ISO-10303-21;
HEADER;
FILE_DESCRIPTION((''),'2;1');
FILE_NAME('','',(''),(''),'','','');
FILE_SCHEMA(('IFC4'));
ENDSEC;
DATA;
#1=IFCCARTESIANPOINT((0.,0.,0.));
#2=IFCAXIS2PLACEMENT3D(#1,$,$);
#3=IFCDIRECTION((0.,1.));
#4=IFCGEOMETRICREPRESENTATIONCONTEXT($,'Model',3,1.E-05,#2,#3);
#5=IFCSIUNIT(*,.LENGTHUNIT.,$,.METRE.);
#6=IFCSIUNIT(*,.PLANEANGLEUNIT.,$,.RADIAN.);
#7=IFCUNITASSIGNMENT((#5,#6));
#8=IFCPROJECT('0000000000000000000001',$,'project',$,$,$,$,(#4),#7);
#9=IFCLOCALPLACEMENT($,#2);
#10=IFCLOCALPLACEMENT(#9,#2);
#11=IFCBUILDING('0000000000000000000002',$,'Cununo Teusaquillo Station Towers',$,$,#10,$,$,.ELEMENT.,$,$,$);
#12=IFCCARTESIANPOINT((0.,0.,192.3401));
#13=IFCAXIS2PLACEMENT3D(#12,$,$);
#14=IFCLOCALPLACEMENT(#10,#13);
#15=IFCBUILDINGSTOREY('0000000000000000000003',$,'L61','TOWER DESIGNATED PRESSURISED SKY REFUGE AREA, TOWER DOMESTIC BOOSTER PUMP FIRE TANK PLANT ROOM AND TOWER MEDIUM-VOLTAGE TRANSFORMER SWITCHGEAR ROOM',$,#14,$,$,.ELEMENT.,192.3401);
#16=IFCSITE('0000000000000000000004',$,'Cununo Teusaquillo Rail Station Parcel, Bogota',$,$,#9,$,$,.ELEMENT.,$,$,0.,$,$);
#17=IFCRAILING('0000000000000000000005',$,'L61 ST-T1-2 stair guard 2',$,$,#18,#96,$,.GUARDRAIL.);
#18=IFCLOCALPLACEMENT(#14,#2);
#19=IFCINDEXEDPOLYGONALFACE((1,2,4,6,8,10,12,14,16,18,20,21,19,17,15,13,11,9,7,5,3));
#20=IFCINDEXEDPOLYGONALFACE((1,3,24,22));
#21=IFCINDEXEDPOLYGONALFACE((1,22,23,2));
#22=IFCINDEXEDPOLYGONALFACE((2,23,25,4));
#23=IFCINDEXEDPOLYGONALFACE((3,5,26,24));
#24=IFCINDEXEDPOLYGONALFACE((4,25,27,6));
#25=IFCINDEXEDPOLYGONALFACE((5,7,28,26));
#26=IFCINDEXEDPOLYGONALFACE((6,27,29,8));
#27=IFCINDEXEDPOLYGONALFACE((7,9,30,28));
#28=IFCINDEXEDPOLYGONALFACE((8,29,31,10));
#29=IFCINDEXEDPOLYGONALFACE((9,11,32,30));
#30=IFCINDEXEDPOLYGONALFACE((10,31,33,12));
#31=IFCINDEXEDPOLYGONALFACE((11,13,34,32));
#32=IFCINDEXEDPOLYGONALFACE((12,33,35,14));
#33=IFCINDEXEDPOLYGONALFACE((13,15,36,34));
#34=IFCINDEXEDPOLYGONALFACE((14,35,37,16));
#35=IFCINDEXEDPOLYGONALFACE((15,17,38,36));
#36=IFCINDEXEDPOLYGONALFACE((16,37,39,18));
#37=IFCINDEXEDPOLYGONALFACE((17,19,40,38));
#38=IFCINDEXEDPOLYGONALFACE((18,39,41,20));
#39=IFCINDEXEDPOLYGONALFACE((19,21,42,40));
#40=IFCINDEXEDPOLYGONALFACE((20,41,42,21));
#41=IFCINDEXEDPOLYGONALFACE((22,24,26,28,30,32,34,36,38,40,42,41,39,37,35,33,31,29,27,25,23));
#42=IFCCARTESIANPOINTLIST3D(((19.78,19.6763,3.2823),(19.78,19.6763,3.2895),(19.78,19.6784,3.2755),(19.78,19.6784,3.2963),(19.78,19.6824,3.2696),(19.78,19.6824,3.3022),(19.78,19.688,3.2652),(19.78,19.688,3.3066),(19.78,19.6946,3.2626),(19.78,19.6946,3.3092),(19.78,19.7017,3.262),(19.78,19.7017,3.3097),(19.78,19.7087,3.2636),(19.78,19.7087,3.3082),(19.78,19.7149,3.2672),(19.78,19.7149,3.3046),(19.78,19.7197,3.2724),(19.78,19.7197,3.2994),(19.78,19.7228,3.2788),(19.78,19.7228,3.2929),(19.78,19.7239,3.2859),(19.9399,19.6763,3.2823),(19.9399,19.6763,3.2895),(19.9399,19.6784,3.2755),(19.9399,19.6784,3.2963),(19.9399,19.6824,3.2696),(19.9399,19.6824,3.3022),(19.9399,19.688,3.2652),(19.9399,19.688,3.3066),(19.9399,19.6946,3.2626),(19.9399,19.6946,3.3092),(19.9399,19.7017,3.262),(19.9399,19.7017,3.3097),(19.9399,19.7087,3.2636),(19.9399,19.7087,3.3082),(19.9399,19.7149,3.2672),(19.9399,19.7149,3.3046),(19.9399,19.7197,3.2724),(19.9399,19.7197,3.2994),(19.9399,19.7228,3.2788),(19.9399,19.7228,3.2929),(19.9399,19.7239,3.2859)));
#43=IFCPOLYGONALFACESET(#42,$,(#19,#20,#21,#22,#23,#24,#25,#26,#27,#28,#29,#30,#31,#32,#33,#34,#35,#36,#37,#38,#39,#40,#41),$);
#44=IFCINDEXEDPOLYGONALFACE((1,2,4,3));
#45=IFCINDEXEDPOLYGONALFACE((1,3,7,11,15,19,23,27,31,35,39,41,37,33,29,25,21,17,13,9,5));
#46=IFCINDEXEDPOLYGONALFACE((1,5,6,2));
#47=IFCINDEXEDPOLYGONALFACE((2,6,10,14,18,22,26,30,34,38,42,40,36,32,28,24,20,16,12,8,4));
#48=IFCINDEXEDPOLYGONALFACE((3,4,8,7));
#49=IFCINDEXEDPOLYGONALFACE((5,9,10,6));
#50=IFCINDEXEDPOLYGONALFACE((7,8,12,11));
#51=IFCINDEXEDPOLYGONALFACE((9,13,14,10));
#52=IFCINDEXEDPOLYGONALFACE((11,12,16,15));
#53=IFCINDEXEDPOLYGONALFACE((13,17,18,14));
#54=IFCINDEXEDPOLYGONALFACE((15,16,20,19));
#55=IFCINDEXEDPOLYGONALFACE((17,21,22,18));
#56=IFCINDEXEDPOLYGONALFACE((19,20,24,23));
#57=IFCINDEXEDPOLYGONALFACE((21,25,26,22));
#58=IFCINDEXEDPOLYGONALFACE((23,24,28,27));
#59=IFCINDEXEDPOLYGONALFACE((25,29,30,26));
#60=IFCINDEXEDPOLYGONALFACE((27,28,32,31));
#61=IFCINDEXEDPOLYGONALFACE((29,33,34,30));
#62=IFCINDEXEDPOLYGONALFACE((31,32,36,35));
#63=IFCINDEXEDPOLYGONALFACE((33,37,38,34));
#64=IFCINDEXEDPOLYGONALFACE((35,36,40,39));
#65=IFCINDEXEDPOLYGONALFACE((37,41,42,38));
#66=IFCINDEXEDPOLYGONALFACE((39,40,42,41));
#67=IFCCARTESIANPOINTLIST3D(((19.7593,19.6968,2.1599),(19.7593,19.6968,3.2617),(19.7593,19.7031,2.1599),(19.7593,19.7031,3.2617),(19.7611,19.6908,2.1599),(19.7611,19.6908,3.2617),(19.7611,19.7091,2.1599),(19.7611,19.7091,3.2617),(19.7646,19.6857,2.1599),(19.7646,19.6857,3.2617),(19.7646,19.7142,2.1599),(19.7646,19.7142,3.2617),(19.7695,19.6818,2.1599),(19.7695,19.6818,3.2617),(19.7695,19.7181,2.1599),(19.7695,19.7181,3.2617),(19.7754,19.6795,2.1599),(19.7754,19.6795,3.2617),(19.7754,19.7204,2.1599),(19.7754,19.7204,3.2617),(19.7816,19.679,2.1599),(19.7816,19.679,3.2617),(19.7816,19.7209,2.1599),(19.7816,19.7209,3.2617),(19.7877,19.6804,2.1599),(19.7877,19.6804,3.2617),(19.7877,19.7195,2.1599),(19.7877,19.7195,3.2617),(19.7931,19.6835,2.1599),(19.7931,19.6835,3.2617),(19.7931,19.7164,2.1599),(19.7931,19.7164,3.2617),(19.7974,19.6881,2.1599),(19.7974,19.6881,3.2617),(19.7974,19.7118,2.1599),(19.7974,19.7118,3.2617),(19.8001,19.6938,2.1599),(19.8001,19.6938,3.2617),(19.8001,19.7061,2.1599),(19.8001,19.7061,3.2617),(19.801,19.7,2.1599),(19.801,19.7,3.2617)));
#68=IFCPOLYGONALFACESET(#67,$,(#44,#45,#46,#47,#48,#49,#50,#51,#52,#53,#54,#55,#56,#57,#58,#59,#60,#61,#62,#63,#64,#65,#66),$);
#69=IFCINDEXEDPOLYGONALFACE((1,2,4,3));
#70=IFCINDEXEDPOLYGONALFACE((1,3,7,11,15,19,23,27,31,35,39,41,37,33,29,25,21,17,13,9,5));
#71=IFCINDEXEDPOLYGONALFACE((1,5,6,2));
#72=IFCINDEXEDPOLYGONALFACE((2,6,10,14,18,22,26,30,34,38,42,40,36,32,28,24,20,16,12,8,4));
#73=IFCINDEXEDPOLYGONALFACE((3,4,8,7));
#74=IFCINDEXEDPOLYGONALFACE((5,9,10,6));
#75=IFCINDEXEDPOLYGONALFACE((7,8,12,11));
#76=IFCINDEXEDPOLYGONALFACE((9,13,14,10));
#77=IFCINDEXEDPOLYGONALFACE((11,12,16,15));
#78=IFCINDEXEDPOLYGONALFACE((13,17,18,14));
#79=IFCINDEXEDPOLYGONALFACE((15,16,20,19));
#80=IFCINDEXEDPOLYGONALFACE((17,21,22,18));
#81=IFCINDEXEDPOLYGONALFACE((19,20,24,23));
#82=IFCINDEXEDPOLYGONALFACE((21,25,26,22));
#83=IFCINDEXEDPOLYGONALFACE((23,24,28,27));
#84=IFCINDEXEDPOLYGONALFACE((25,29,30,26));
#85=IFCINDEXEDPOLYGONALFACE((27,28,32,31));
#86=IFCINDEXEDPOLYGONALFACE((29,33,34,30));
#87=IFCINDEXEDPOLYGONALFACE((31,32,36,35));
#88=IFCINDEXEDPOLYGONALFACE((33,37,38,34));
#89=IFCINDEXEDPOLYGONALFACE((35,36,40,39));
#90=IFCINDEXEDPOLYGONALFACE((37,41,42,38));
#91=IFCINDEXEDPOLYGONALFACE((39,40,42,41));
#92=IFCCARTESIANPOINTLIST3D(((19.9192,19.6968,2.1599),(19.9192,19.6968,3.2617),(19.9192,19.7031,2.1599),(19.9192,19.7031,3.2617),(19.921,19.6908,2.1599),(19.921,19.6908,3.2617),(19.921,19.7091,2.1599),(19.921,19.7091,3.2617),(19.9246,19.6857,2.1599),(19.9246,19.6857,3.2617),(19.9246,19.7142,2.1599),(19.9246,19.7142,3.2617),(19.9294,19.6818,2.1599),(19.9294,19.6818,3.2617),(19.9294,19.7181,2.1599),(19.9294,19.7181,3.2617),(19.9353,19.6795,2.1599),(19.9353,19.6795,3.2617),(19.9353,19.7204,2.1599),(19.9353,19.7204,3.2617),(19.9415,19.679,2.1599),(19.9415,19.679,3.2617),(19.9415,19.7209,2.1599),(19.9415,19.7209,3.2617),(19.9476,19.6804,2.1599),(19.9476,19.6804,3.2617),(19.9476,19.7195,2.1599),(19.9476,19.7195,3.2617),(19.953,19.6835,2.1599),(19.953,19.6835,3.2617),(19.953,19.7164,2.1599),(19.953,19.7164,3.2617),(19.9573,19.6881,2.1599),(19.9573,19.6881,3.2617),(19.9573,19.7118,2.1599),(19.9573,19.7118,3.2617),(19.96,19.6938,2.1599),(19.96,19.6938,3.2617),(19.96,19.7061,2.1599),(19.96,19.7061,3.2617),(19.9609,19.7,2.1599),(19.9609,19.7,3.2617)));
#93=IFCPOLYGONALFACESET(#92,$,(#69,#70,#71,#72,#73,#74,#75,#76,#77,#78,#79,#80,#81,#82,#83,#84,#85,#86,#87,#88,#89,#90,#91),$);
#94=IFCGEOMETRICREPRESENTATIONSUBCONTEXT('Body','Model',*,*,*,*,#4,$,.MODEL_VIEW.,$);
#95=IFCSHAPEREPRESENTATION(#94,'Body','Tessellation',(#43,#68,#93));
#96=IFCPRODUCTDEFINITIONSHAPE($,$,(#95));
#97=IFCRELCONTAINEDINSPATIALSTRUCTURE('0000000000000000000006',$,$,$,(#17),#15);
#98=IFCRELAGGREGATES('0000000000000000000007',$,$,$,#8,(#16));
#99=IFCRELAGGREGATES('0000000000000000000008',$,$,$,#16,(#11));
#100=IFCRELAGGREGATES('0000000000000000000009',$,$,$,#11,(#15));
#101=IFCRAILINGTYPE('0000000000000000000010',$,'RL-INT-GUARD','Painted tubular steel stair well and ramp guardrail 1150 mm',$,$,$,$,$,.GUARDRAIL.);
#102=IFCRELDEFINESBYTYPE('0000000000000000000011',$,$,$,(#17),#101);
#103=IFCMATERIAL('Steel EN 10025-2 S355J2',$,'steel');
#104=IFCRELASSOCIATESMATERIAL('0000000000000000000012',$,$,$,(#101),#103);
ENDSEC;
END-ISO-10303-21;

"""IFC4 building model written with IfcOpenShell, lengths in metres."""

from ifc_helpers import new_model, si_unit, direction, frame, origin, origin_2d, place, context, subcontext, project, spatial, circle, extrude, material, type_object, element, save


model = new_model("IFC4")

# Units and contexts
model_context = context("Model", 3, precision=1e-05, world=origin(), true_north=direction((0.0, 1.0)))
body_context = subcontext(model_context, "Body", "Model", "MODEL_VIEW")
ifc_project = project(units=[si_unit("LENGTHUNIT", "METRE"), si_unit("PLANEANGLEUNIT", "RADIAN")], contexts=[model_context])

# Site, building, storey
site_placement = place(None, origin())
site = spatial("IfcSite", under=ifc_project, at=site_placement, Name="Cununo Teusaquillo Rail Station Parcel, Bogota", CompositionType="ELEMENT", RefElevation=0.0)
building_placement = place(site_placement, origin())
building = spatial("IfcBuilding", under=site, at=building_placement, Name="Cununo Teusaquillo Station Towers", CompositionType="ELEMENT")
storey_placement = place(building_placement, frame((0.0, 0.0, 192.3401)))
storey = spatial("IfcBuildingStorey", under=building, at=storey_placement, Name="L61", Description="TOWER DESIGNATED PRESSURISED SKY REFUGE AREA, TOWER DOMESTIC BOOSTER PUMP FIRE TANK PLANT ROOM AND TOWER MEDIUM-VOLTAGE TRANSFORMER SWITCHGEAR ROOM", CompositionType="ELEMENT", Elevation=192.3401)

# Railing
ifc_material_1 = material(Name="Steel EN 10025-2 S355J2", Category="steel")
railing_type_1 = type_object("IfcRailingType", Name="RL-INT-GUARD", Description="Painted tubular steel stair well and ramp guardrail 1150 mm", PredefinedType="GUARDRAIL", material=ifc_material_1)
railing_1_placement = place(storey_placement, frame((19.78, 19.7, 2.1599)))
element("IfcRailing", 1, at=railing_1_placement, inside=storey, type_object=railing_type_1, Name="L61 ST-T1-2 stair guard 2", PredefinedType="GUARDRAIL", context=body_context, shape_type="SweptSolid", body=[
    extrude(circle(Radius=0.0239, at=origin_2d()), frame((0.0, 0.0, 1.126), z_axis=(1.0, 0.0, 0.0), x_axis=(0.0, 1.0, 0.0)), (0.0, 0.0, 1.0), 0.1599),
    extrude(circle(Radius=0.021, at=origin_2d()), origin(), (0.0, 0.0, 1.0), 1.1018),
    extrude(circle(Radius=0.021, at=origin_2d()), frame((0.1599, 0.0, 0.0)), (0.0, 0.0, 1.0), 1.1018),
])

save(model, "model.ifc")
